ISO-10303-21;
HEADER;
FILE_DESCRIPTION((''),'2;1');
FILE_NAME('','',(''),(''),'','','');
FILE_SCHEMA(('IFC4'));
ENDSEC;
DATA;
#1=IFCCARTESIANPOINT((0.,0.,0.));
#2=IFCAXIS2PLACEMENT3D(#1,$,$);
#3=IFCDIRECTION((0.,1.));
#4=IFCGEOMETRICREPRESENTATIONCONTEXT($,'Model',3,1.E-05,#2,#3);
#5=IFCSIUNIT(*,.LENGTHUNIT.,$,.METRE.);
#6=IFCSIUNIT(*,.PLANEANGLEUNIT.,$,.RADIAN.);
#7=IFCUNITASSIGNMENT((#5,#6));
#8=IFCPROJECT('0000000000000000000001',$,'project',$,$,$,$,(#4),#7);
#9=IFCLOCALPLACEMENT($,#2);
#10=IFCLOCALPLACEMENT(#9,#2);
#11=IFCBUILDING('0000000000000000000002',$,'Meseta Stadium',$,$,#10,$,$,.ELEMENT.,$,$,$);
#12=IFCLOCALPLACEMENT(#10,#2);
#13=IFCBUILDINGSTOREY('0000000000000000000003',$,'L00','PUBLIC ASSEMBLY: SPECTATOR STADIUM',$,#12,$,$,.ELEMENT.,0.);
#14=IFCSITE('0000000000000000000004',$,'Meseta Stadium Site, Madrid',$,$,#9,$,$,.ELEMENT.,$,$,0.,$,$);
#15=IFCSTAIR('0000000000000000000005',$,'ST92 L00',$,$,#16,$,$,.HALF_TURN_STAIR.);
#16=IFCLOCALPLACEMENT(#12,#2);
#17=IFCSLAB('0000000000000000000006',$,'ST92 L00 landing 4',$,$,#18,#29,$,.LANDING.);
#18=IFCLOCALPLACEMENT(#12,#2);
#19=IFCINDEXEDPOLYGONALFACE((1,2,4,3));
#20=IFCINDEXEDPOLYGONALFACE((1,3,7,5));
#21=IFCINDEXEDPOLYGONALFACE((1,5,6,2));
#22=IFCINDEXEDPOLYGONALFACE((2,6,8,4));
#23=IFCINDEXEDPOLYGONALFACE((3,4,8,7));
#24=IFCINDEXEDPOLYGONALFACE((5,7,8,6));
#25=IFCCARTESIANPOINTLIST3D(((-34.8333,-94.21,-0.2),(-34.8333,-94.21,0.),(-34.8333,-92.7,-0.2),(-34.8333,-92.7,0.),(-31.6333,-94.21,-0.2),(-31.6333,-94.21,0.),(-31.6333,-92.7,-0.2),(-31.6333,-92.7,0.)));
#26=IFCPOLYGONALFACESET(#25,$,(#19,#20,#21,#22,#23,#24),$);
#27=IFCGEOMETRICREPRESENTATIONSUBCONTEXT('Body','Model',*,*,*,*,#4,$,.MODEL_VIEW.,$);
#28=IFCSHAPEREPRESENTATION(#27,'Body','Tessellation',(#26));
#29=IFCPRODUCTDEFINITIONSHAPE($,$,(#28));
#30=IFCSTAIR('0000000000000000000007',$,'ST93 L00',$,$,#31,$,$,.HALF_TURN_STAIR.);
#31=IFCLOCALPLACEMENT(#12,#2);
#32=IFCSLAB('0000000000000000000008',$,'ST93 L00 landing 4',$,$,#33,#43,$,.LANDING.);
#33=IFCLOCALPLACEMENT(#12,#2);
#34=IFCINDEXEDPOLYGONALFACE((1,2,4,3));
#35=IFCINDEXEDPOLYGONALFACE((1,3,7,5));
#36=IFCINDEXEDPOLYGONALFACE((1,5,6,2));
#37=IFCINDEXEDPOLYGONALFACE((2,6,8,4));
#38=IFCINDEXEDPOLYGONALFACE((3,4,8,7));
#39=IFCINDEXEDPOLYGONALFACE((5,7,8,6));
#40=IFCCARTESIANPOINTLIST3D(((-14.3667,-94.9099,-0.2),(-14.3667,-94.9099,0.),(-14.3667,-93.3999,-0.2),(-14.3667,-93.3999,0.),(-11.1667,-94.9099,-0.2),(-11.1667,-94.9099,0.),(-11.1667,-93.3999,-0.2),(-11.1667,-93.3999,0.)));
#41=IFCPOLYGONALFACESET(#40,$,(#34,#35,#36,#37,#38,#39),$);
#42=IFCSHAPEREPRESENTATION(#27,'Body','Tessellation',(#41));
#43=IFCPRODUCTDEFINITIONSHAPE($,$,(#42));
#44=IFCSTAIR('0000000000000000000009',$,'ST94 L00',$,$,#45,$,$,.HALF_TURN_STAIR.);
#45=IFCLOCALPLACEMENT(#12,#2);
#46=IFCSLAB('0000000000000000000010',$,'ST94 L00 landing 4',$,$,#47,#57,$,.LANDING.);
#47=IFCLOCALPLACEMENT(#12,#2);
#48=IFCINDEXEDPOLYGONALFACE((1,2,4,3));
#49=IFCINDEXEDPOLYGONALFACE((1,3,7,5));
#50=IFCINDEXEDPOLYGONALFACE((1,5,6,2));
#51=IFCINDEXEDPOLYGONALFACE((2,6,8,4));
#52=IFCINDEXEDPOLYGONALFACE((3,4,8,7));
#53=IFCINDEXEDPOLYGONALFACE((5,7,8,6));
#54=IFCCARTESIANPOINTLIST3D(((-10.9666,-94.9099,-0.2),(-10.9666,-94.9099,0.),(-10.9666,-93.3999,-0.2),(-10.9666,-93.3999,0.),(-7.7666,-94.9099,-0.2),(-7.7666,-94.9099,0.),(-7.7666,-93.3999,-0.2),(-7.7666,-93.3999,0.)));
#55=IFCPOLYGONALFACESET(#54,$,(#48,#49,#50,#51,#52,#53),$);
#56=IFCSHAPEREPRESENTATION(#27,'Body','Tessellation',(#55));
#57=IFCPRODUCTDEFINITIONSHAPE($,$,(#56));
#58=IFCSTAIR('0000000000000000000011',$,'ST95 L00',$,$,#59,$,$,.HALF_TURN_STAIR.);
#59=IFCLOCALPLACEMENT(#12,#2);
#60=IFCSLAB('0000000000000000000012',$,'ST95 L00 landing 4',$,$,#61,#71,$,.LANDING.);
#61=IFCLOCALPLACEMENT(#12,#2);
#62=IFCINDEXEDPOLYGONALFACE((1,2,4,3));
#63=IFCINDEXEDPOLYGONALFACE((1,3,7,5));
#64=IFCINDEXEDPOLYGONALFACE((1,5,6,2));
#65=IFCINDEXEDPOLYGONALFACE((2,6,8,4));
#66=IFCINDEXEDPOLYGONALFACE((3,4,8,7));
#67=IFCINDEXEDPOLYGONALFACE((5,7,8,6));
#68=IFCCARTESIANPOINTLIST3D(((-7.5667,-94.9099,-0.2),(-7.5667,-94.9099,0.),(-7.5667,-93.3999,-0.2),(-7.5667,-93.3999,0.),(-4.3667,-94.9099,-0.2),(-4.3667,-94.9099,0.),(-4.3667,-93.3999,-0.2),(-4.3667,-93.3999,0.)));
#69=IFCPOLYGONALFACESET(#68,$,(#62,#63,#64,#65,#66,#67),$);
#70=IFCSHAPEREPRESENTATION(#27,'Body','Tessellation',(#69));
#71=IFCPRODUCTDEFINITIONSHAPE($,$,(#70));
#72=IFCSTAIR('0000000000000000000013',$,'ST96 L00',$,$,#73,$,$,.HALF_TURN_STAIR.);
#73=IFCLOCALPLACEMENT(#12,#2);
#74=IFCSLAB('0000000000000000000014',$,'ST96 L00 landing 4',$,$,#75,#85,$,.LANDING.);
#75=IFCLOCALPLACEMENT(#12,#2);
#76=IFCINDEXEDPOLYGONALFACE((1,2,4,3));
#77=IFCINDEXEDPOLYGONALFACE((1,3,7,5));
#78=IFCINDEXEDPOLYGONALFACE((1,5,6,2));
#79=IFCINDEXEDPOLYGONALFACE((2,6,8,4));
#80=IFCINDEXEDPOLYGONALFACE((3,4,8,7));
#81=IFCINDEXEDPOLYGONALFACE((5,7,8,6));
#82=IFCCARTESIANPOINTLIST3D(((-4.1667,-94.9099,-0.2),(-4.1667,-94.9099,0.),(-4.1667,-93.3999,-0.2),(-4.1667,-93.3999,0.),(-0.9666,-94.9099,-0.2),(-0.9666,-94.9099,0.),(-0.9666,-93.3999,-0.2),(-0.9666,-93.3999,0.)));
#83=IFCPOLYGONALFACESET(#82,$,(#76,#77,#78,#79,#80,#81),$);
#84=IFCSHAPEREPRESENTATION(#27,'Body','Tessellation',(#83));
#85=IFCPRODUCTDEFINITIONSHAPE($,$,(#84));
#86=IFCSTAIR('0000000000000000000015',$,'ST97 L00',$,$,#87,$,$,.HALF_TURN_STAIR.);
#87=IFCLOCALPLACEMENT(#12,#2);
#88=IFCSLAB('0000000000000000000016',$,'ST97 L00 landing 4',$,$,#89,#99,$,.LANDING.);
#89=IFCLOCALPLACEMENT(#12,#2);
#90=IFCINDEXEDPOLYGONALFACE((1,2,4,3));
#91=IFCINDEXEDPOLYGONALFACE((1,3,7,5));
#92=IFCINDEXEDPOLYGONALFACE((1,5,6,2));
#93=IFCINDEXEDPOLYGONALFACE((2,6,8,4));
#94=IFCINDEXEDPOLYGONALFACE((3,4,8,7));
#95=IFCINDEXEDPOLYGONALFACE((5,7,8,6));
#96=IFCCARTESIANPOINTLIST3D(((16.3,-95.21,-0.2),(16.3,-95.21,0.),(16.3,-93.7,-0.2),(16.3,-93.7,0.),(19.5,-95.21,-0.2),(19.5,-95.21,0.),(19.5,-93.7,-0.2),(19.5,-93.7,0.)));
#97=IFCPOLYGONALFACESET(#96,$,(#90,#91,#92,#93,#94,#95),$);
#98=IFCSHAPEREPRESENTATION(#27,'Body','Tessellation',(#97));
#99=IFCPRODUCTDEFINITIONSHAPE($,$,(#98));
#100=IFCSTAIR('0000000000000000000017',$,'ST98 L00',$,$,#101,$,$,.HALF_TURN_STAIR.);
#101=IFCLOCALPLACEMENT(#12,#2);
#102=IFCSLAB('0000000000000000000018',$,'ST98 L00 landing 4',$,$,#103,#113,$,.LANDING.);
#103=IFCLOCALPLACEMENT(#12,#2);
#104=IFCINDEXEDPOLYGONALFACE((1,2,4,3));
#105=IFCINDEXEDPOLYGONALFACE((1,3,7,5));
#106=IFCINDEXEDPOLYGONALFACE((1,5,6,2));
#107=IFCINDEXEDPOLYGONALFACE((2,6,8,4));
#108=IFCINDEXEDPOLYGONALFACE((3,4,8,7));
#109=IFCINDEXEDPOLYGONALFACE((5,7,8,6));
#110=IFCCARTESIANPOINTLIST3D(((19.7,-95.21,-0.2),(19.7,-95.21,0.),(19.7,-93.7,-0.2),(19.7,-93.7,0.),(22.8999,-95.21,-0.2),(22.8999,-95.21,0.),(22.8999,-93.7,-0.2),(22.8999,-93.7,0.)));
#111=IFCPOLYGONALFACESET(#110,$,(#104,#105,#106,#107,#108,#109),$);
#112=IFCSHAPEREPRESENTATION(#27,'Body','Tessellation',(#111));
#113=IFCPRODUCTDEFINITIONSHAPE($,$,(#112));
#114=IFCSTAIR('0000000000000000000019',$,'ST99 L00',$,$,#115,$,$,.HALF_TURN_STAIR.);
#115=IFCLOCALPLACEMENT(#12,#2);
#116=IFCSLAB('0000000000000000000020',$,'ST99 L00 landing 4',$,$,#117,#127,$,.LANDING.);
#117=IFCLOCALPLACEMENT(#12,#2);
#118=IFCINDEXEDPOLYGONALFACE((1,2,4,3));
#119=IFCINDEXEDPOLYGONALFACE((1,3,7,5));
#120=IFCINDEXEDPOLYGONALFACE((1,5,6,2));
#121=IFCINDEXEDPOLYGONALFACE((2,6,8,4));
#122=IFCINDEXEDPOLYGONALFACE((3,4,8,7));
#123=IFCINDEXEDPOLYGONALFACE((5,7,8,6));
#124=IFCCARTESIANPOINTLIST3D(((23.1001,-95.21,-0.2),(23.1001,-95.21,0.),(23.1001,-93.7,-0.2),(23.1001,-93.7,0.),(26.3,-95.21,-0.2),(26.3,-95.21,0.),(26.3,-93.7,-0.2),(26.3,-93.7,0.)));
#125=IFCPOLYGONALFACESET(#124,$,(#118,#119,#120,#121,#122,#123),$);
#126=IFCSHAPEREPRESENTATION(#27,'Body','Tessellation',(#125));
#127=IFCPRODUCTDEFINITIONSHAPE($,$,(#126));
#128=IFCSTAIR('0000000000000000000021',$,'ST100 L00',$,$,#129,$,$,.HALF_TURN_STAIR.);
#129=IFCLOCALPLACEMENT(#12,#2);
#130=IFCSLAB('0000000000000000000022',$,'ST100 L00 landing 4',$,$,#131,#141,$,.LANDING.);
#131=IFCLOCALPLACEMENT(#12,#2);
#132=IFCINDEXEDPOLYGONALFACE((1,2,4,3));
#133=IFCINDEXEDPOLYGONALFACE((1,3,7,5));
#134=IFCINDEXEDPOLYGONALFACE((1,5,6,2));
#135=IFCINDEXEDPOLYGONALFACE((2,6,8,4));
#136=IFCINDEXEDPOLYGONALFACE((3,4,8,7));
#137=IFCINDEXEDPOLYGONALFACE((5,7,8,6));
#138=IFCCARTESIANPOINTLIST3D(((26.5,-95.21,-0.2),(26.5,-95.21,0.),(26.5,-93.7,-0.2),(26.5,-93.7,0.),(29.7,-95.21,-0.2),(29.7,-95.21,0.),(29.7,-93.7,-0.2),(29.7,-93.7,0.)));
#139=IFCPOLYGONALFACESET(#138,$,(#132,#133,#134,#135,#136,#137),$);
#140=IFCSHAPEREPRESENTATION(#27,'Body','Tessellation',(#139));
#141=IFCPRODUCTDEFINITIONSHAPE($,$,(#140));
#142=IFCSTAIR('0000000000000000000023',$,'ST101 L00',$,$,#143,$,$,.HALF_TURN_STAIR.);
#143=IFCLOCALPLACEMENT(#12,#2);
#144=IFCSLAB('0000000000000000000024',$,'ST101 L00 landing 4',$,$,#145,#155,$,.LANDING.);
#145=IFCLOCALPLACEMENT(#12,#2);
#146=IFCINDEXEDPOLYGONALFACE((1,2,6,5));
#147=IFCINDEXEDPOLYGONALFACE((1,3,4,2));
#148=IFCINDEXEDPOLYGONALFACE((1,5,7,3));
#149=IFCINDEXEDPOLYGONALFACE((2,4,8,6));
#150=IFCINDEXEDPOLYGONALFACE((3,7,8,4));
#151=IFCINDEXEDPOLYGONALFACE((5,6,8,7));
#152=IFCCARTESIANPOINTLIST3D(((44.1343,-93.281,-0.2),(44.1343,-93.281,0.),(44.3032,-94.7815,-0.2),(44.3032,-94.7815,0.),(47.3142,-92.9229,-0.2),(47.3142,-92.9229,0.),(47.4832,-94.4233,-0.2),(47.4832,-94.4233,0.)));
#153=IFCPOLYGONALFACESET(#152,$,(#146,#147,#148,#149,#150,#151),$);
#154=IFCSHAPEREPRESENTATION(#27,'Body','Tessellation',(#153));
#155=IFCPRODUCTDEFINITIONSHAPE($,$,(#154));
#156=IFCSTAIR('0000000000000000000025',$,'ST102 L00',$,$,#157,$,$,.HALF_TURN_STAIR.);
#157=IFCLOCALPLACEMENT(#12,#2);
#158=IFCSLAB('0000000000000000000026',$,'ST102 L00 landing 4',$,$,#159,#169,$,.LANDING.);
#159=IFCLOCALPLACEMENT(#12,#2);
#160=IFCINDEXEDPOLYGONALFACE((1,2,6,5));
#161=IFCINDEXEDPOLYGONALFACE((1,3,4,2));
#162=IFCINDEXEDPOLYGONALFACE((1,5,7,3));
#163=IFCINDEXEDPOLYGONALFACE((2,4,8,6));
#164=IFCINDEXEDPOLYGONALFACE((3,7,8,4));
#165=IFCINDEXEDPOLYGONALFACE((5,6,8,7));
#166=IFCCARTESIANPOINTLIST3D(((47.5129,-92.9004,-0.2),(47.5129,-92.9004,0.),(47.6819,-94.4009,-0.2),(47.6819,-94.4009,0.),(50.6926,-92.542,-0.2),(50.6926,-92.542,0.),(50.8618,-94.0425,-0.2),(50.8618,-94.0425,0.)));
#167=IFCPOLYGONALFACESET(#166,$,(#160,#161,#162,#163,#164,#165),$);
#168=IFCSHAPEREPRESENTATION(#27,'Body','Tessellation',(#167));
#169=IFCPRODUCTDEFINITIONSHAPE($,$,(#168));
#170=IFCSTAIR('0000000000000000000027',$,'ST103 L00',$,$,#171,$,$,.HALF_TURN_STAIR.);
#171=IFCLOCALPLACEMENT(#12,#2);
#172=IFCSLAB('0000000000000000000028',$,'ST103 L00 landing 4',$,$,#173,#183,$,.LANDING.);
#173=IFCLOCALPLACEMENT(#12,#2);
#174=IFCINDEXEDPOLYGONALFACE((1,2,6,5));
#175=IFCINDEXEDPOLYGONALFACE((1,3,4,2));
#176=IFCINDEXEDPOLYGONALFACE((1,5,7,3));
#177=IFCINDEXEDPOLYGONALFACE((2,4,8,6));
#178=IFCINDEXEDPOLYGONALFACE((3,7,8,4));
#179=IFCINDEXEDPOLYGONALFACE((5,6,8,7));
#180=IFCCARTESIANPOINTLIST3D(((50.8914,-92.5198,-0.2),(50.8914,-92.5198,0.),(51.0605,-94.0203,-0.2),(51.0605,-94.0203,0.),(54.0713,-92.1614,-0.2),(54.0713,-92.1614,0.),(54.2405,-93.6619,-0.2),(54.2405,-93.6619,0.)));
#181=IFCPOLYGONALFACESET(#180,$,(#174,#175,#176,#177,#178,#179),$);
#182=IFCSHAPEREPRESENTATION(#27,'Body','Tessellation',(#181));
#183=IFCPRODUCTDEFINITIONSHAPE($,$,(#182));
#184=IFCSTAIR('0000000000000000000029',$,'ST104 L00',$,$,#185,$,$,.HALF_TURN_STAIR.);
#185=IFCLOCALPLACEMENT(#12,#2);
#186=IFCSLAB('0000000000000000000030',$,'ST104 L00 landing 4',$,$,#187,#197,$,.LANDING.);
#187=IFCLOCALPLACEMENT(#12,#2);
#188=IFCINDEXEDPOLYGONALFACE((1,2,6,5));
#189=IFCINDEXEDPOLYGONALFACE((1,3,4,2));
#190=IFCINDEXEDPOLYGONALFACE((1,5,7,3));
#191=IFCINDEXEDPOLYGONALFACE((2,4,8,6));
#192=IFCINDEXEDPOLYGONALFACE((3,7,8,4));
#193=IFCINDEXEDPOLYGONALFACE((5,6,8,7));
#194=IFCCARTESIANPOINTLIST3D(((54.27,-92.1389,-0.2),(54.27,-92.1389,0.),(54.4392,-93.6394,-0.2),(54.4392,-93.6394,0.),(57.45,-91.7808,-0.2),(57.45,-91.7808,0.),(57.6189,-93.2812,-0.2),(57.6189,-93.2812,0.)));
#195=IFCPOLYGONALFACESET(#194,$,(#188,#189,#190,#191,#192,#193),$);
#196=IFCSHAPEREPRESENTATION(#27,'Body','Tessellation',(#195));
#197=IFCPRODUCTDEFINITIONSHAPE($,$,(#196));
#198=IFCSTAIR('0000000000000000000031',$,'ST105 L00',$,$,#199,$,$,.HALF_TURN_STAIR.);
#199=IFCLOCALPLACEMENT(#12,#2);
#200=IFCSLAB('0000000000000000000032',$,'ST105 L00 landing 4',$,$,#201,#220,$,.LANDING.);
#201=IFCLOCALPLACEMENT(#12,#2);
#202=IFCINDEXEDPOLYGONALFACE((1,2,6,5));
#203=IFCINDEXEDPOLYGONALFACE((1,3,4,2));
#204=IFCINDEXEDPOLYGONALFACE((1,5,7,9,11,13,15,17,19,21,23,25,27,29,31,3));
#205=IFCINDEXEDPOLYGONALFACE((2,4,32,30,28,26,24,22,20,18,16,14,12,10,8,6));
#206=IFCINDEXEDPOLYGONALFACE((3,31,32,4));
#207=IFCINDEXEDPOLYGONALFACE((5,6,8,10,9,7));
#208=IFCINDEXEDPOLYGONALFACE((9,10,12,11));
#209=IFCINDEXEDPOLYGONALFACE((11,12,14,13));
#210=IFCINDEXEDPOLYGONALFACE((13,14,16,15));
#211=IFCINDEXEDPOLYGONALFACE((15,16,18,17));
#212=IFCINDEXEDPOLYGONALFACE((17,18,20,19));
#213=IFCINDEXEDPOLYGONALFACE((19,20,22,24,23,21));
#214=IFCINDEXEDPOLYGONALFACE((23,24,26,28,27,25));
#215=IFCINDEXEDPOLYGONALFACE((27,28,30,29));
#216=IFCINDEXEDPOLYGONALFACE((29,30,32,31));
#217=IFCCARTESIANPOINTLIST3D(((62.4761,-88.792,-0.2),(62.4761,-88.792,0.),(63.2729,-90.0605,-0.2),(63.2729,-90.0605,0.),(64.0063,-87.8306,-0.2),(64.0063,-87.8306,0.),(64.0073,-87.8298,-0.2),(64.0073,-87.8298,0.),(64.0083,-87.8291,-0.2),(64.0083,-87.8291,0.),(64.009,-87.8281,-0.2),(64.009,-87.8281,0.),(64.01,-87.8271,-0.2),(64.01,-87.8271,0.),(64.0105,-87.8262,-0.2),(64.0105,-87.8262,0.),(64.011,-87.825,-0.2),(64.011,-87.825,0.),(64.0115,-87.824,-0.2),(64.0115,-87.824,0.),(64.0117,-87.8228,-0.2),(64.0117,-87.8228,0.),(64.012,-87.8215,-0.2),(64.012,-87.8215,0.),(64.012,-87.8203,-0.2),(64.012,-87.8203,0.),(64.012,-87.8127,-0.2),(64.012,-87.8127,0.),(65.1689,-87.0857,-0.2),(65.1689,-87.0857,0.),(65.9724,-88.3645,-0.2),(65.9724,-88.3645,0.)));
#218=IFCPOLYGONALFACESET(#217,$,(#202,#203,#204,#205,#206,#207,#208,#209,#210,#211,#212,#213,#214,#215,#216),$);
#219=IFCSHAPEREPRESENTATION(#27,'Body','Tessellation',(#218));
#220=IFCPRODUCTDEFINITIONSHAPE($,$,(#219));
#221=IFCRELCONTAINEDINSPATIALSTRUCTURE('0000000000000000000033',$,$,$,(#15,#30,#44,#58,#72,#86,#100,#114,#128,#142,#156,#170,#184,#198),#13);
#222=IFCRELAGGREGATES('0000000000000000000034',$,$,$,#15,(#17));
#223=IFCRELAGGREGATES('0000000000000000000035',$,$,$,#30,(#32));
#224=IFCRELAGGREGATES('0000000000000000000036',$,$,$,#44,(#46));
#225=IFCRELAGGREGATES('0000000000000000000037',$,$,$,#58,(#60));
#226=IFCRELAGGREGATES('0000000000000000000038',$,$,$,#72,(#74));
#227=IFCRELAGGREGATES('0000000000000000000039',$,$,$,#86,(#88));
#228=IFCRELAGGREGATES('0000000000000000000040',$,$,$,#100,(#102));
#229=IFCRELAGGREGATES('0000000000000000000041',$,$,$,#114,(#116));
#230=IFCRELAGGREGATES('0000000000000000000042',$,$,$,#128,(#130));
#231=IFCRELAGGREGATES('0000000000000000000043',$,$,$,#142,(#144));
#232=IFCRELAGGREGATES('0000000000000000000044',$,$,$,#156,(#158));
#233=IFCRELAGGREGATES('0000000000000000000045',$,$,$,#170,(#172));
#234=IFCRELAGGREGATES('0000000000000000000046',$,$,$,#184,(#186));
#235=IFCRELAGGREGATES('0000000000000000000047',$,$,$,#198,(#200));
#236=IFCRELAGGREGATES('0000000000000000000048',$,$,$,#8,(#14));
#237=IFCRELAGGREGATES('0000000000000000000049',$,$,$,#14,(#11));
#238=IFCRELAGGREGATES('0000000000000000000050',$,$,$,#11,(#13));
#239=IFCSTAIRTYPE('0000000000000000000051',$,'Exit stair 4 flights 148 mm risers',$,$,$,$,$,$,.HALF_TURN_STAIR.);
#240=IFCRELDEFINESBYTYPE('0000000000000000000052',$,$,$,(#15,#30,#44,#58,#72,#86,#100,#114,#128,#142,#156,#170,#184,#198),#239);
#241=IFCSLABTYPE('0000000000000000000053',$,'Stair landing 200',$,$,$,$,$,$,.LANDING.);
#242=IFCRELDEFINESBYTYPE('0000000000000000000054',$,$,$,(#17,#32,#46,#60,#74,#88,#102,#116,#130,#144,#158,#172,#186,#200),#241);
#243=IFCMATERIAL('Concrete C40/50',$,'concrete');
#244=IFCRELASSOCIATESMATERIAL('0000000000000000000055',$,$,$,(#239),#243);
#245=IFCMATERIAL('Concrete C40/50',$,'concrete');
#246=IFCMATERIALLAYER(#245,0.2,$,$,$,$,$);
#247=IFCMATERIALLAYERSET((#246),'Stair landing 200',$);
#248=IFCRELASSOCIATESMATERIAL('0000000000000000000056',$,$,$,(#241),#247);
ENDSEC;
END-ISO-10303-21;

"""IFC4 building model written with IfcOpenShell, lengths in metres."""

from ifc_helpers import new_model, si_unit, direction, frame, origin, place, context, subcontext, project, spatial, polyline, outline, extrude, material, layer, layer_set, type_object, element, aggregate, save


model = new_model("IFC4")

# Units and contexts
model_context = context("Model", 3, precision=1e-05, world=origin(), true_north=direction((0.0, 1.0)))
body_context = subcontext(model_context, "Body", "Model", "MODEL_VIEW")
ifc_project = project(units=[si_unit("LENGTHUNIT", "METRE"), si_unit("PLANEANGLEUNIT", "RADIAN")], contexts=[model_context])

# Site, building, storey
site_placement = place(None, origin())
site = spatial("IfcSite", under=ifc_project, at=site_placement, Name="Meseta Stadium Site, Madrid", CompositionType="ELEMENT", RefElevation=0.0)
building_placement = place(site_placement, origin())
building = spatial("IfcBuilding", under=site, at=building_placement, Name="Meseta Stadium", CompositionType="ELEMENT")
storey_placement = place(building_placement, origin())
storey = spatial("IfcBuildingStorey", under=building, at=storey_placement, Name="L00", Description="PUBLIC ASSEMBLY: SPECTATOR STADIUM", CompositionType="ELEMENT", Elevation=0.0)

# Stairs, slabs
ifc_material_1 = material(Name="Concrete C40/50", Category="concrete")
stair_type = type_object("IfcStairType", Name="Exit stair 4 flights 148 mm risers", PredefinedType="HALF_TURN_STAIR", material=ifc_material_1)
ifc_material_2 = material(Name="Concrete C40/50", Category="concrete")
ifc_layer = layer(ifc_material_2, 0.2)
ifc_layer_set = layer_set([ifc_layer], Name="Stair landing 200")
slab_type = type_object("IfcSlabType", Name="Stair landing 200", PredefinedType="LANDING", material=ifc_layer_set)
stair_1_placement = place(storey_placement, origin())
stair_1 = element("IfcStair", 1, at=stair_1_placement, inside=storey, type_object=stair_type, Name="ST92 L00", PredefinedType="HALF_TURN_STAIR")
slab_1_placement = place(storey_placement, frame((0.0, 0.0, -0.2)))
slab_1 = element("IfcSlab", 2, at=slab_1_placement, type_object=slab_type, Name="ST92 L00 landing 4", PredefinedType="LANDING", context=body_context, shape_type="SweptSolid", body=[
    extrude(outline(polyline([(-34.8333, -92.7), (-34.8333, -94.21), (-31.6333, -94.21), (-31.6333, -92.7), (-34.8333, -92.7)])), origin(), (0.0, 0.0, 1.0), 0.2),
])
aggregate(stair_1, [slab_1])
stair_2_placement = place(storey_placement, origin())
stair_2 = element("IfcStair", 3, at=stair_2_placement, inside=storey, type_object=stair_type, Name="ST93 L00", PredefinedType="HALF_TURN_STAIR")
slab_2_placement = place(storey_placement, frame((0.0, 0.0, -0.2)))
slab_2 = element("IfcSlab", 4, at=slab_2_placement, type_object=slab_type, Name="ST93 L00 landing 4", PredefinedType="LANDING", context=body_context, shape_type="SweptSolid", body=[
    extrude(outline(polyline([(-14.3667, -93.3999), (-14.3667, -94.9099), (-11.1667, -94.9099), (-11.1667, -93.3999), (-14.3667, -93.3999)])), origin(), (0.0, 0.0, 1.0), 0.2),
])
aggregate(stair_2, [slab_2])
stair_3_placement = place(storey_placement, origin())
stair_3 = element("IfcStair", 5, at=stair_3_placement, inside=storey, type_object=stair_type, Name="ST94 L00", PredefinedType="HALF_TURN_STAIR")
slab_3_placement = place(storey_placement, frame((0.0, 0.0, -0.2)))
slab_3 = element("IfcSlab", 6, at=slab_3_placement, type_object=slab_type, Name="ST94 L00 landing 4", PredefinedType="LANDING", context=body_context, shape_type="SweptSolid", body=[
    extrude(outline(polyline([(-10.9666, -93.3999), (-10.9666, -94.9099), (-7.7666, -94.9099), (-7.7666, -93.3999), (-10.9666, -93.3999)])), origin(), (0.0, 0.0, 1.0), 0.2),
])
aggregate(stair_3, [slab_3])
stair_4_placement = place(storey_placement, origin())
stair_4 = element("IfcStair", 7, at=stair_4_placement, inside=storey, type_object=stair_type, Name="ST95 L00", PredefinedType="HALF_TURN_STAIR")
slab_4_placement = place(storey_placement, frame((0.0, 0.0, -0.2)))
slab_4 = element("IfcSlab", 8, at=slab_4_placement, type_object=slab_type, Name="ST95 L00 landing 4", PredefinedType="LANDING", context=body_context, shape_type="SweptSolid", body=[
    extrude(outline(polyline([(-7.5667, -93.3999), (-7.5667, -94.9099), (-4.3667, -94.9099), (-4.3667, -93.3999), (-7.5667, -93.3999)])), origin(), (0.0, 0.0, 1.0), 0.2),
])
aggregate(stair_4, [slab_4])
stair_5_placement = place(storey_placement, origin())
stair_5 = element("IfcStair", 9, at=stair_5_placement, inside=storey, type_object=stair_type, Name="ST96 L00", PredefinedType="HALF_TURN_STAIR")
slab_5_placement = place(storey_placement, frame((0.0, 0.0, -0.2)))
slab_5 = element("IfcSlab", 10, at=slab_5_placement, type_object=slab_type, Name="ST96 L00 landing 4", PredefinedType="LANDING", context=body_context, shape_type="SweptSolid", body=[
    extrude(outline(polyline([(-4.1667, -93.3999), (-4.1667, -94.9099), (-0.9666, -94.9099), (-0.9666, -93.3999), (-4.1667, -93.3999)])), origin(), (0.0, 0.0, 1.0), 0.2),
])
aggregate(stair_5, [slab_5])
stair_6_placement = place(storey_placement, origin())
stair_6 = element("IfcStair", 11, at=stair_6_placement, inside=storey, type_object=stair_type, Name="ST97 L00", PredefinedType="HALF_TURN_STAIR")
slab_6_placement = place(storey_placement, frame((0.0, 0.0, -0.2)))
slab_6 = element("IfcSlab", 12, at=slab_6_placement, type_object=slab_type, Name="ST97 L00 landing 4", PredefinedType="LANDING", context=body_context, shape_type="SweptSolid", body=[
    extrude(outline(polyline([(16.3, -93.7), (16.3, -95.21), (19.5, -95.21), (19.5, -93.7), (16.3, -93.7)])), origin(), (0.0, 0.0, 1.0), 0.2),
])
aggregate(stair_6, [slab_6])
stair_7_placement = place(storey_placement, origin())
stair_7 = element("IfcStair", 13, at=stair_7_placement, inside=storey, type_object=stair_type, Name="ST98 L00", PredefinedType="HALF_TURN_STAIR")
slab_7_placement = place(storey_placement, frame((0.0, 0.0, -0.2)))
slab_7 = element("IfcSlab", 14, at=slab_7_placement, type_object=slab_type, Name="ST98 L00 landing 4", PredefinedType="LANDING", context=body_context, shape_type="SweptSolid", body=[
    extrude(outline(polyline([(19.7, -93.7), (19.7, -95.21), (22.8999, -95.21), (22.8999, -93.7), (19.7, -93.7)])), origin(), (0.0, 0.0, 1.0), 0.2),
])
aggregate(stair_7, [slab_7])
stair_8_placement = place(storey_placement, origin())
stair_8 = element("IfcStair", 15, at=stair_8_placement, inside=storey, type_object=stair_type, Name="ST99 L00", PredefinedType="HALF_TURN_STAIR")
slab_8_placement = place(storey_placement, frame((0.0, 0.0, -0.2)))
slab_8 = element("IfcSlab", 16, at=slab_8_placement, type_object=slab_type, Name="ST99 L00 landing 4", PredefinedType="LANDING", context=body_context, shape_type="SweptSolid", body=[
    extrude(outline(polyline([(23.1001, -93.7), (23.1001, -95.21), (26.3, -95.21), (26.3, -93.7), (23.1001, -93.7)])), origin(), (0.0, 0.0, 1.0), 0.2),
])
aggregate(stair_8, [slab_8])
stair_9_placement = place(storey_placement, origin())
stair_9 = element("IfcStair", 17, at=stair_9_placement, inside=storey, type_object=stair_type, Name="ST100 L00", PredefinedType="HALF_TURN_STAIR")
slab_9_placement = place(storey_placement, frame((0.0, 0.0, -0.2)))
slab_9 = element("IfcSlab", 18, at=slab_9_placement, type_object=slab_type, Name="ST100 L00 landing 4", PredefinedType="LANDING", context=body_context, shape_type="SweptSolid", body=[
    extrude(outline(polyline([(26.5, -93.7), (26.5, -95.21), (29.7, -95.21), (29.7, -93.7), (26.5, -93.7)])), origin(), (0.0, 0.0, 1.0), 0.2),
])
aggregate(stair_9, [slab_9])
stair_10_placement = place(storey_placement, origin())
stair_10 = element("IfcStair", 19, at=stair_10_placement, inside=storey, type_object=stair_type, Name="ST101 L00", PredefinedType="HALF_TURN_STAIR")
slab_10_placement = place(storey_placement, frame((0.0, 0.0, -0.2)))
slab_10 = element("IfcSlab", 20, at=slab_10_placement, type_object=slab_type, Name="ST101 L00 landing 4", PredefinedType="LANDING", context=body_context, shape_type="SweptSolid", body=[
    extrude(outline(polyline([(44.1343, -93.281), (44.3032, -94.7815), (47.4832, -94.4233), (47.3142, -92.9229), (44.1343, -93.281)])), origin(), (0.0, 0.0, 1.0), 0.2),
])
aggregate(stair_10, [slab_10])
stair_11_placement = place(storey_placement, origin())
stair_11 = element("IfcStair", 21, at=stair_11_placement, inside=storey, type_object=stair_type, Name="ST102 L00", PredefinedType="HALF_TURN_STAIR")
slab_11_placement = place(storey_placement, frame((0.0, 0.0, -0.2)))
slab_11 = element("IfcSlab", 22, at=slab_11_placement, type_object=slab_type, Name="ST102 L00 landing 4", PredefinedType="LANDING", context=body_context, shape_type="SweptSolid", body=[
    extrude(outline(polyline([(47.5129, -92.9004), (47.6819, -94.4009), (50.8618, -94.0425), (50.6926, -92.542), (47.5129, -92.9004)])), origin(), (0.0, 0.0, 1.0), 0.2),
])
aggregate(stair_11, [slab_11])
stair_12_placement = place(storey_placement, origin())
stair_12 = element("IfcStair", 23, at=stair_12_placement, inside=storey, type_object=stair_type, Name="ST103 L00", PredefinedType="HALF_TURN_STAIR")
slab_12_placement = place(storey_placement, frame((0.0, 0.0, -0.2)))
slab_12 = element("IfcSlab", 24, at=slab_12_placement, type_object=slab_type, Name="ST103 L00 landing 4", PredefinedType="LANDING", context=body_context, shape_type="SweptSolid", body=[
    extrude(outline(polyline([(50.8914, -92.5198), (51.0605, -94.0203), (54.2405, -93.6619), (54.0713, -92.1614), (50.8914, -92.5198)])), origin(), (0.0, 0.0, 1.0), 0.2),
])
aggregate(stair_12, [slab_12])
stair_13_placement = place(storey_placement, origin())
stair_13 = element("IfcStair", 25, at=stair_13_placement, inside=storey, type_object=stair_type, Name="ST104 L00", PredefinedType="HALF_TURN_STAIR")
slab_13_placement = place(storey_placement, frame((0.0, 0.0, -0.2)))
slab_13 = element("IfcSlab", 26, at=slab_13_placement, type_object=slab_type, Name="ST104 L00 landing 4", PredefinedType="LANDING", context=body_context, shape_type="SweptSolid", body=[
    extrude(outline(polyline([(54.27, -92.1389), (54.4392, -93.6394), (57.6189, -93.2812), (57.45, -91.7808), (54.27, -92.1389)])), origin(), (0.0, 0.0, 1.0), 0.2),
])
aggregate(stair_13, [slab_13])
stair_14_placement = place(storey_placement, origin())
stair_14 = element("IfcStair", 27, at=stair_14_placement, inside=storey, type_object=stair_type, Name="ST105 L00", PredefinedType="HALF_TURN_STAIR")
slab_14_placement = place(storey_placement, frame((0.0, 0.0, -0.2)))
slab_14 = element("IfcSlab", 28, at=slab_14_placement, type_object=slab_type, Name="ST105 L00 landing 4", PredefinedType="LANDING", context=body_context, shape_type="SweptSolid", body=[
    extrude(outline(polyline([(65.1689, -87.0857), (64.012, -87.8127), (64.012, -87.8203), (64.012, -87.8215), (64.0117, -87.8228), (64.0115, -87.824), (64.011, -87.825), (64.0105, -87.8262), (64.01, -87.8271), (64.009, -87.8281), (64.0083, -87.8291), (64.0073, -87.8298), (64.0063, -87.8306), (62.4761, -88.792), (63.2729, -90.0605), (65.9724, -88.3645), (65.1689, -87.0857)])), origin(), (0.0, 0.0, 1.0), 0.2),
])
aggregate(stair_14, [slab_14])

save(model, "model.ifc")
